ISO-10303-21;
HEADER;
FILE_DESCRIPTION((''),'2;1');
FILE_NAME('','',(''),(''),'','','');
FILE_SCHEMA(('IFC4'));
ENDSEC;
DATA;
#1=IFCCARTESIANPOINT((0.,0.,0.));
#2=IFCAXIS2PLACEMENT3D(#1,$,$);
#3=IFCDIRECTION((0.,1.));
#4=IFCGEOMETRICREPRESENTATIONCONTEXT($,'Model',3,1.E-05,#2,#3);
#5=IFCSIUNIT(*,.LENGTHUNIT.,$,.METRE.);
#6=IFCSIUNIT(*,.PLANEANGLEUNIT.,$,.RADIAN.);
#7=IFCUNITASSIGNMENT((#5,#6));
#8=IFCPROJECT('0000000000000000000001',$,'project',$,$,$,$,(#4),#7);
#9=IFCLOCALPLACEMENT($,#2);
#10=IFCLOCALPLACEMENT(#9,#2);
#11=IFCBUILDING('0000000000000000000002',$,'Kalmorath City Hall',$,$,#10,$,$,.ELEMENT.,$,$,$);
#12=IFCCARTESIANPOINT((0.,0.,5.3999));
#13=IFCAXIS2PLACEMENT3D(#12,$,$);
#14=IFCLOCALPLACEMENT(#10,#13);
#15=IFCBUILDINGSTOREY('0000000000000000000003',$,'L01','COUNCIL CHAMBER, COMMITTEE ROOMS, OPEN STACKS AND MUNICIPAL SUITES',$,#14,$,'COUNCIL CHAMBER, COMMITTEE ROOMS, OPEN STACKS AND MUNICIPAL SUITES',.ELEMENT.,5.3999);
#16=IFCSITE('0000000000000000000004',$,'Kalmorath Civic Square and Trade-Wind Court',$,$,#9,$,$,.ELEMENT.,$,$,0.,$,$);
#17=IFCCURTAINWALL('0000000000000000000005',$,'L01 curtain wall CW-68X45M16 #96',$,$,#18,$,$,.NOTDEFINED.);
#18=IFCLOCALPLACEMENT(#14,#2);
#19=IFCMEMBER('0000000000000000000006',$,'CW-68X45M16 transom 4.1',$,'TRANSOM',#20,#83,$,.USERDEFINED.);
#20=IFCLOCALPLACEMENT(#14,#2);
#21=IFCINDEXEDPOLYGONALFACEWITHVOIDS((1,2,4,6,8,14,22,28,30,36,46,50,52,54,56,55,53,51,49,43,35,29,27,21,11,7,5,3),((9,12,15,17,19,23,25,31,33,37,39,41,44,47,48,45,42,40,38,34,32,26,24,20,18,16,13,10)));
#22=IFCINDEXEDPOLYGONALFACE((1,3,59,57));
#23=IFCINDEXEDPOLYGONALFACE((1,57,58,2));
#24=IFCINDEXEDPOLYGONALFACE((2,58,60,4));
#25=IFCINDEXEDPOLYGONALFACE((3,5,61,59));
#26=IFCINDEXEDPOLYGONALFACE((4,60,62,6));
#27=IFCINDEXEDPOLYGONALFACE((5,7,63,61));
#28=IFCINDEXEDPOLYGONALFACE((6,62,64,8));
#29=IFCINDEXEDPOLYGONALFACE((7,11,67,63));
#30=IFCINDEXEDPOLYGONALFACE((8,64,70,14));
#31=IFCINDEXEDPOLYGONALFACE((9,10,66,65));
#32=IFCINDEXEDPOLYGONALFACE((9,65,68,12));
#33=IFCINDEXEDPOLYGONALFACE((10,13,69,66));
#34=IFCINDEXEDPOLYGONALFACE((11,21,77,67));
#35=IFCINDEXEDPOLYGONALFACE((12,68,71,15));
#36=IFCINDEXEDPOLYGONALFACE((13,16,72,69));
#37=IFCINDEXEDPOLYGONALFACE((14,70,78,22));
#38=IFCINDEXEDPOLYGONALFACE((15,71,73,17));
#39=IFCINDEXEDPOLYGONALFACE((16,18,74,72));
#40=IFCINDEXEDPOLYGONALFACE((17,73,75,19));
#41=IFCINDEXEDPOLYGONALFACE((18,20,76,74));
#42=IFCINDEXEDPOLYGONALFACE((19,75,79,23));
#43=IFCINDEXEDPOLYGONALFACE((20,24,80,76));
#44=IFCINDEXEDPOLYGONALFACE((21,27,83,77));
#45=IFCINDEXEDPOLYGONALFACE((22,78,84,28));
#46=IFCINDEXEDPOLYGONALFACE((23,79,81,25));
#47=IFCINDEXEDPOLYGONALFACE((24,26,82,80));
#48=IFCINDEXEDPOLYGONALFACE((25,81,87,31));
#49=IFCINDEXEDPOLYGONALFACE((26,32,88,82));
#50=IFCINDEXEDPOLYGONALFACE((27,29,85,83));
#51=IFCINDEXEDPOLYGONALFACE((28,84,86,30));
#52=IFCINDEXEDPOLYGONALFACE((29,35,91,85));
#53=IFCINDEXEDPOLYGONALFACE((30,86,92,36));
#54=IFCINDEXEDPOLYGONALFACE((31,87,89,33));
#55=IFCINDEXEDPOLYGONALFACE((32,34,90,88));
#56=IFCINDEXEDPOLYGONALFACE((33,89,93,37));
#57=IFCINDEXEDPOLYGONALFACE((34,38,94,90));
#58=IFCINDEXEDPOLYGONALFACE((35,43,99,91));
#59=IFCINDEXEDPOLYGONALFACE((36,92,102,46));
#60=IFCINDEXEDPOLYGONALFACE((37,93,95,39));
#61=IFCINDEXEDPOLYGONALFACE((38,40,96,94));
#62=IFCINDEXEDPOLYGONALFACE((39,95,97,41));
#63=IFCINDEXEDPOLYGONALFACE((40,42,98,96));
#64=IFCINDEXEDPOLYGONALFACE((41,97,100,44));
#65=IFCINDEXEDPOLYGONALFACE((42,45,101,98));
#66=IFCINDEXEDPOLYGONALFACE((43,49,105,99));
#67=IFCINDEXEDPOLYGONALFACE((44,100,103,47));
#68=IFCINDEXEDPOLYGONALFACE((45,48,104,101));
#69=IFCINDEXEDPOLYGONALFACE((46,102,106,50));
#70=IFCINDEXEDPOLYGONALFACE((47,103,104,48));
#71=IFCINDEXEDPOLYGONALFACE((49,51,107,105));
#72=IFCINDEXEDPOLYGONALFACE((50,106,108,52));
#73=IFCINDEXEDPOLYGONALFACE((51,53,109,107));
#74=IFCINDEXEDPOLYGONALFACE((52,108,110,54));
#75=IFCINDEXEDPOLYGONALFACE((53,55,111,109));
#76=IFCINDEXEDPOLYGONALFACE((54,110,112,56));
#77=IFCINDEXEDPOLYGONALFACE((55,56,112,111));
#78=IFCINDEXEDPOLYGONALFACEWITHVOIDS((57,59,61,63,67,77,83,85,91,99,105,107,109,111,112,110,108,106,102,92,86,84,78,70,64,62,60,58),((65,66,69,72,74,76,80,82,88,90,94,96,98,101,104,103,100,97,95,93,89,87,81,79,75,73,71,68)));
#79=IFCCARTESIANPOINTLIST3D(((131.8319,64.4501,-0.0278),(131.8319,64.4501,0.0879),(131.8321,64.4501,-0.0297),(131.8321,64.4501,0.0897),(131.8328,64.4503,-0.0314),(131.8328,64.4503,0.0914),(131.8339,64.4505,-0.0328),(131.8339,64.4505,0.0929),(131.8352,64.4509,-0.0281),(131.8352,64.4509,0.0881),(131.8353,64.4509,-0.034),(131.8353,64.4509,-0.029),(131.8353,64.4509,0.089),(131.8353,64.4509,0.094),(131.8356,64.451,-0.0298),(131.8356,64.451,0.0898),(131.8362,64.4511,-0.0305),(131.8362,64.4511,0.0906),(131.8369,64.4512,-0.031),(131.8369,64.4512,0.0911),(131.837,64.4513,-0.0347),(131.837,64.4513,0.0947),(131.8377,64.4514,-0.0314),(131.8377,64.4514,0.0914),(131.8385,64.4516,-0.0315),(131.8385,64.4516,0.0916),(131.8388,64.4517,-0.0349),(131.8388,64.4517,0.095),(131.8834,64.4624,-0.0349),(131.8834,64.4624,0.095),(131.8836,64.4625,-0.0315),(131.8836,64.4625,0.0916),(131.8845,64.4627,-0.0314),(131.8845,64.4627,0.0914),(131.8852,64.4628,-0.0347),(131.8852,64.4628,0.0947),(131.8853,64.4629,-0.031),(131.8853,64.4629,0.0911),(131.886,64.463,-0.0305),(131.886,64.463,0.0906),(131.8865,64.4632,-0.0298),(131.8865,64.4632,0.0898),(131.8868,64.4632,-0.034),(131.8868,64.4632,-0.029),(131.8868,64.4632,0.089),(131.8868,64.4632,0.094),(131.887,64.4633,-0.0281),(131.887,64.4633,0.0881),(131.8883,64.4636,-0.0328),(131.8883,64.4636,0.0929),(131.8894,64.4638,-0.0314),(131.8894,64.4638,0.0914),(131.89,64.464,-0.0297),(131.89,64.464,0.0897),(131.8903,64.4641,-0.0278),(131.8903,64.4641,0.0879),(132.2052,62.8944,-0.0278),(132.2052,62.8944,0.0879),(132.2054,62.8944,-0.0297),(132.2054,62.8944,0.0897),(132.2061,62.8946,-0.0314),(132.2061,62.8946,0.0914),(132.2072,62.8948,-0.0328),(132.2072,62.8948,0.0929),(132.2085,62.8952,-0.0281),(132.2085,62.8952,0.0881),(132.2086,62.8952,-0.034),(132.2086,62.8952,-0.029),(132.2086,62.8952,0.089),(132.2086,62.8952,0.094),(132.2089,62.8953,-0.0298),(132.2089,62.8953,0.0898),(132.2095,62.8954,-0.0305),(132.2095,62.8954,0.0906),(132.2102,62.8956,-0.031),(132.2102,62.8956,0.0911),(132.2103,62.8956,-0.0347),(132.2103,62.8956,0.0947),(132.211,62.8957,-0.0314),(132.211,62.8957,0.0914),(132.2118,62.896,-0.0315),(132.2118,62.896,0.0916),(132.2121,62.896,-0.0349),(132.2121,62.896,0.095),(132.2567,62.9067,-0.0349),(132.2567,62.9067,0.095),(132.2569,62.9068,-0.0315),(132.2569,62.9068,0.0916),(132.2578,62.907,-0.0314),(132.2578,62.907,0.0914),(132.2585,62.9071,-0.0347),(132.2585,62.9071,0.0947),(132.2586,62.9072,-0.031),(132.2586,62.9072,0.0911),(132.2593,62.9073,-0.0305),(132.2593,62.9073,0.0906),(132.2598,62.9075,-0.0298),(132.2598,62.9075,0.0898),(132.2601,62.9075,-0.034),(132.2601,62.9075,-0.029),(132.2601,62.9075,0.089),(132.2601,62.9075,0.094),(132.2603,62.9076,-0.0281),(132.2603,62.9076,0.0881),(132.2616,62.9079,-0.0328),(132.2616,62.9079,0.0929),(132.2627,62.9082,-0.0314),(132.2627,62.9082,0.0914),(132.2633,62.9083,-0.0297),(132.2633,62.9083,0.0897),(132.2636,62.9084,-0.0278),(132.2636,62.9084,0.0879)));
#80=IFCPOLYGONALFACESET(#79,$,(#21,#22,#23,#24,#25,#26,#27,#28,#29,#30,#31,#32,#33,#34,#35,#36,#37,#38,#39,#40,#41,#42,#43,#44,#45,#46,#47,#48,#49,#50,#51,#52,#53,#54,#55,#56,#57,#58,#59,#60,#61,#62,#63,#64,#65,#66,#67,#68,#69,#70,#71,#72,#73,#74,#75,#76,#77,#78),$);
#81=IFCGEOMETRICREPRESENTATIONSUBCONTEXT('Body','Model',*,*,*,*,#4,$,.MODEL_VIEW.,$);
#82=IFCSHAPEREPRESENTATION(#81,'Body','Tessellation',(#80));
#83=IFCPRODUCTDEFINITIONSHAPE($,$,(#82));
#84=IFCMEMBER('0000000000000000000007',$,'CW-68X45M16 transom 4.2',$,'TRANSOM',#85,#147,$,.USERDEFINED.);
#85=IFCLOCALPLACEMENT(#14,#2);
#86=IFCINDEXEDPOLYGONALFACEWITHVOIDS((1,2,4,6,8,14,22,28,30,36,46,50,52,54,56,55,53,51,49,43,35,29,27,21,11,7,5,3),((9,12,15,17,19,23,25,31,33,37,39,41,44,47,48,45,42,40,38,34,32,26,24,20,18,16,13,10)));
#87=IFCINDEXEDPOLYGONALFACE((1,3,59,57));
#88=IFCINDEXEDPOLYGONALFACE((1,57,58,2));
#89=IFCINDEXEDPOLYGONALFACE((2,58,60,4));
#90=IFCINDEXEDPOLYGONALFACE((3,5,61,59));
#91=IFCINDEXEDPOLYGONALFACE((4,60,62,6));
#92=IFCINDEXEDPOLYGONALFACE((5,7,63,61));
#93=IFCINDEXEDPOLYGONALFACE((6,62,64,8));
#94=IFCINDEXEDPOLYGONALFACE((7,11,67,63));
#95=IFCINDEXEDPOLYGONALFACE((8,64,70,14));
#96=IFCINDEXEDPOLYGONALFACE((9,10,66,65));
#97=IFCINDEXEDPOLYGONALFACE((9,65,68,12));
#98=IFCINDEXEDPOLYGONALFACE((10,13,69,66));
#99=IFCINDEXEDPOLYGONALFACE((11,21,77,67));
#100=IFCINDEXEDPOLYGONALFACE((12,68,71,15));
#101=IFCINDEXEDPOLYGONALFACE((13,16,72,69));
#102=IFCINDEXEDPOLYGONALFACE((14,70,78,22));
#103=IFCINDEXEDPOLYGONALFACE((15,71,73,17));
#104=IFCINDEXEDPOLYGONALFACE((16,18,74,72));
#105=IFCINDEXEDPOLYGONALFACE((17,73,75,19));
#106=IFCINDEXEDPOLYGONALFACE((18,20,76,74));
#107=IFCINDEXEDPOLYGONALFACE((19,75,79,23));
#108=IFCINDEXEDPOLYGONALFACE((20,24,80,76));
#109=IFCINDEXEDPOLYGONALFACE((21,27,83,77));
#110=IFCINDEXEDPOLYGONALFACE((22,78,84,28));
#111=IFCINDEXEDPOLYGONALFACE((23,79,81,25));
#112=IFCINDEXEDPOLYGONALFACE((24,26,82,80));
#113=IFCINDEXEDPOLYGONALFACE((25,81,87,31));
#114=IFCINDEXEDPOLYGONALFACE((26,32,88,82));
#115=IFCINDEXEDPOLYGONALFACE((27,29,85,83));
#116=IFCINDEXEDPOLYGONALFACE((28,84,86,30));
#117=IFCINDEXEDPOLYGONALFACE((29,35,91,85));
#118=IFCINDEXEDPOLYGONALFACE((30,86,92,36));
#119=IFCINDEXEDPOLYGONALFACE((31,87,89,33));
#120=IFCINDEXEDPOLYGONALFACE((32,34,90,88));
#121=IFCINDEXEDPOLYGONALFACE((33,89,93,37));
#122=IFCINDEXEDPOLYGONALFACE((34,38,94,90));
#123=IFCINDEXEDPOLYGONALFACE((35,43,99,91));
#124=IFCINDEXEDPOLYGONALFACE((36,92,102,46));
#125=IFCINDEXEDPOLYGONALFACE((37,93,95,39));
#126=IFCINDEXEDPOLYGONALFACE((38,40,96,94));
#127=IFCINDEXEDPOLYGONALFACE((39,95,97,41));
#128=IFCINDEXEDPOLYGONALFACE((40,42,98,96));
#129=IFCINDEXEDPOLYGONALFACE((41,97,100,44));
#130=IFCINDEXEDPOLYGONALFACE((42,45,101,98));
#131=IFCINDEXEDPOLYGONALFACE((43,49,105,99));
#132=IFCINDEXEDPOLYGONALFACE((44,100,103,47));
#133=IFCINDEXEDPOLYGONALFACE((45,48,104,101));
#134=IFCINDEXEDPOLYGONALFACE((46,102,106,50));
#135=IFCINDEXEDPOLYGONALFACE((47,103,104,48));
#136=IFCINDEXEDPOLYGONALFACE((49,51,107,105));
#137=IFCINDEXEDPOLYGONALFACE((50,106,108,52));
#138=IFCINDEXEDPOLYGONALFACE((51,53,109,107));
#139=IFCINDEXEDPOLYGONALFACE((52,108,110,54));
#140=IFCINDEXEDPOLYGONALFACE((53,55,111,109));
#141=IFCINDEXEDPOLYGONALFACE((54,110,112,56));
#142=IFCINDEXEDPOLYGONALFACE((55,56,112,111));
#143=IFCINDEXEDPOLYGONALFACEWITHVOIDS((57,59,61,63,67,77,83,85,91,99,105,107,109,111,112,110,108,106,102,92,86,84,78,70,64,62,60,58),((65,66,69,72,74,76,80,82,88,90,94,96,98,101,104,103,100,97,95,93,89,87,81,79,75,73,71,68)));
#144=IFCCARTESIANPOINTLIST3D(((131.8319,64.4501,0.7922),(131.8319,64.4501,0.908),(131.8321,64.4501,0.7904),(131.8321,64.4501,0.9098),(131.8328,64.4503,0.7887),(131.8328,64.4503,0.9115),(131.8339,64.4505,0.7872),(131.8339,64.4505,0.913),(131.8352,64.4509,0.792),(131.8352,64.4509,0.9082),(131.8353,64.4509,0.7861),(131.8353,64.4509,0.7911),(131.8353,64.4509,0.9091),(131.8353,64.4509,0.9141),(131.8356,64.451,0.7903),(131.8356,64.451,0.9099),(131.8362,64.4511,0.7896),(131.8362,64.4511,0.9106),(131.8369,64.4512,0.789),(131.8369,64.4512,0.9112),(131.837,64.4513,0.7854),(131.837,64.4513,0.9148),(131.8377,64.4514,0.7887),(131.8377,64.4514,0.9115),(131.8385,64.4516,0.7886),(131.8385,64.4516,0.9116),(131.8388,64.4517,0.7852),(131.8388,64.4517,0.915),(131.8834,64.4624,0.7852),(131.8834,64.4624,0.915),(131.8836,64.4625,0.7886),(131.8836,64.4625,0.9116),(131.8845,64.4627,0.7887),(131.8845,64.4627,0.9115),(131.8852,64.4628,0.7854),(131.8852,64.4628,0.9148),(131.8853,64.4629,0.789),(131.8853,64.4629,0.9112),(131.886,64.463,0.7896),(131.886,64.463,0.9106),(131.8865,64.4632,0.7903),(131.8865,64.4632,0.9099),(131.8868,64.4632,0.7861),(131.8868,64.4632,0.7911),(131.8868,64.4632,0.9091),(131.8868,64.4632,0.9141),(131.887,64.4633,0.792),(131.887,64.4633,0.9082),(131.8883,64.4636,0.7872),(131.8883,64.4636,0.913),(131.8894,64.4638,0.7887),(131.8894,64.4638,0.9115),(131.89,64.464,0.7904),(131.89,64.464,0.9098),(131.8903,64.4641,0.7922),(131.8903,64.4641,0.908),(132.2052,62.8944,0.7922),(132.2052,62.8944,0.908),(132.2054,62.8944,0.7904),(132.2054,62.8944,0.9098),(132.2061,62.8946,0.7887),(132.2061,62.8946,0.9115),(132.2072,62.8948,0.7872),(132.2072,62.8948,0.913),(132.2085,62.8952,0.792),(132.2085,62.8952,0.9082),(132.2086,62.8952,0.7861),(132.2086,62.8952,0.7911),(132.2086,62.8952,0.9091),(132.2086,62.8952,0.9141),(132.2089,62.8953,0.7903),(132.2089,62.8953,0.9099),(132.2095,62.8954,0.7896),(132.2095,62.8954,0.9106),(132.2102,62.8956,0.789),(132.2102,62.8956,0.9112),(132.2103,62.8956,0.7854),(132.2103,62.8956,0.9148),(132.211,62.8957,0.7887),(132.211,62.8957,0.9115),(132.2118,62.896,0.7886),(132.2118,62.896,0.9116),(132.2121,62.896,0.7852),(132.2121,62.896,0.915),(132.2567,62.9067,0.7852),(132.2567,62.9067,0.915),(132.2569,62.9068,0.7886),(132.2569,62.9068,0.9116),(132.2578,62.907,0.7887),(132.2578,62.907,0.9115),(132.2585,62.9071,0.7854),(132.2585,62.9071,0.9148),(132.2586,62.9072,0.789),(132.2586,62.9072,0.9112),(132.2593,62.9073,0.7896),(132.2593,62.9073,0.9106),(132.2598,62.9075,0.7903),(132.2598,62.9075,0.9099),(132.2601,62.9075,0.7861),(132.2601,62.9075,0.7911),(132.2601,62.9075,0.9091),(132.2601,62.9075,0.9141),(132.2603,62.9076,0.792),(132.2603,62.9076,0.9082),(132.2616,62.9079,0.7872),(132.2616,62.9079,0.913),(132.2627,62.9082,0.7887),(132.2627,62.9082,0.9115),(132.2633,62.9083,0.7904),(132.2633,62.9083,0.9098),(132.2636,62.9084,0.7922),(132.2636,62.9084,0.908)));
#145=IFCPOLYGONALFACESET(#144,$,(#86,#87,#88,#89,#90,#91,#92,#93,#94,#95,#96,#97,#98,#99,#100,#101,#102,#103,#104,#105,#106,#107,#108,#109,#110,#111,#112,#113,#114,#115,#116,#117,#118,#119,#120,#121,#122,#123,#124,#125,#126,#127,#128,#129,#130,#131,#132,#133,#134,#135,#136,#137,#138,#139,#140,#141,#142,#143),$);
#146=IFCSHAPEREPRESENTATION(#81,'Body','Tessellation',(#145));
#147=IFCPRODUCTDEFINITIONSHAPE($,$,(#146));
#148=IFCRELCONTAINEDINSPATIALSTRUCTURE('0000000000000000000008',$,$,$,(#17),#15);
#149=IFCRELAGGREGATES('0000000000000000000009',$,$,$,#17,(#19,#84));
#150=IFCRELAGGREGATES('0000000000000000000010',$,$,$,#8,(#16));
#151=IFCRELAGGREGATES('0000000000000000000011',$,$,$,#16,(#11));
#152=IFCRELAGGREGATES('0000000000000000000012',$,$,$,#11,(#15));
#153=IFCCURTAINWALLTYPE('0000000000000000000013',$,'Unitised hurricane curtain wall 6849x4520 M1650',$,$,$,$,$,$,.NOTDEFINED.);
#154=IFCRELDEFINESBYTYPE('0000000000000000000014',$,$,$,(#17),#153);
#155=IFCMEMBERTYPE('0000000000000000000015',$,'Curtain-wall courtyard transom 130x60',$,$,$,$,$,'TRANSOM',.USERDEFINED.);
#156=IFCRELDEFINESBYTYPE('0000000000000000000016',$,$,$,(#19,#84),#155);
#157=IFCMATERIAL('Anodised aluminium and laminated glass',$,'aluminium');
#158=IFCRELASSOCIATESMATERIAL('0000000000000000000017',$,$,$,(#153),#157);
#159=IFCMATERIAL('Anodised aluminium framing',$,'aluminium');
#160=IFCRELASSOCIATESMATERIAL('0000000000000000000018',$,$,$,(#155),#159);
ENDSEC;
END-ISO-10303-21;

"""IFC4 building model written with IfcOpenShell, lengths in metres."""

from ifc_helpers import new_model, si_unit, direction, frame, origin, origin_2d, place, context, subcontext, project, spatial, hollow_rectangle, extrude, material, material_profile, profile_set, type_object, element, aggregate, save


model = new_model("IFC4")

# Units and contexts
model_context = context("Model", 3, precision=1e-05, world=origin(), true_north=direction((0.0, 1.0)))
body_context = subcontext(model_context, "Body", "Model", "MODEL_VIEW")
ifc_project = project(units=[si_unit("LENGTHUNIT", "METRE"), si_unit("PLANEANGLEUNIT", "RADIAN")], contexts=[model_context])

# Site, building, storey
site_placement = place(None, origin())
site = spatial("IfcSite", under=ifc_project, at=site_placement, Name="Kalmorath Civic Square and Trade-Wind Court", CompositionType="ELEMENT", RefElevation=0.0)
building_placement = place(site_placement, origin())
building = spatial("IfcBuilding", under=site, at=building_placement, Name="Kalmorath City Hall", CompositionType="ELEMENT")
storey_placement = place(building_placement, frame((0.0, 0.0, 5.3999)))
storey = spatial("IfcBuildingStorey", under=building, at=storey_placement, Name="L01", Description="COUNCIL CHAMBER, COMMITTEE ROOMS, OPEN STACKS AND MUNICIPAL SUITES", LongName="COUNCIL CHAMBER, COMMITTEE ROOMS, OPEN STACKS AND MUNICIPAL SUITES", CompositionType="ELEMENT", Elevation=5.3999)

# Curtain wall, members
ifc_material_1 = material(Name="Anodised aluminium and laminated glass", Category="aluminium")
curtain_wall_type = type_object("IfcCurtainWallType", Name="Unitised hurricane curtain wall 6849x4520 M1650", PredefinedType="NOTDEFINED", material=ifc_material_1)
curtain_wall_placement = place(storey_placement, origin())
curtain_wall = element("IfcCurtainWall", 1, at=curtain_wall_placement, inside=storey, type_object=curtain_wall_type, Name="L01 curtain wall CW-68X45M16 #96", PredefinedType="NOTDEFINED")
ifc_material_2 = material(Name="Anodised aluminium framing", Category="aluminium")
ifc_material_profile_1 = material_profile(ifc_material_2, hollow_rectangle(XDim=0.0601, YDim=0.1299, WallThickness=0.0034, InnerFilletRadius=0.0034, OuterFilletRadius=0.0071, at=origin_2d()), Name="ALU-TRN-130X60X3.5")
ifc_profile_set_1 = profile_set([ifc_material_profile_1], Name="Anodised aluminium framing")
member_type_1 = type_object("IfcMemberType", Name="Curtain-wall courtyard transom 130x60", ElementType="TRANSOM", PredefinedType="USERDEFINED", material=ifc_profile_set_1)
member_1_placement = place(storey_placement, frame((132.2344, 62.9014, 0.03), z_axis=(-0.233333, 0.972397, 0.0), x_axis=(-0.972397, -0.233333, 0.0)))
member_1 = element("IfcMember", 2, at=member_1_placement, type_object=member_type_1, Name="CW-68X45M16 transom 4.1", ObjectType="TRANSOM", PredefinedType="USERDEFINED", context=body_context, shape_type="SweptSolid", body=[
    extrude(hollow_rectangle(XDim=0.0601, YDim=0.1299, WallThickness=0.0034, InnerFilletRadius=0.0034, OuterFilletRadius=0.0071, at=origin_2d()), origin(), (0.0, 0.0, 1.0), 1.5999),
])
member_2_placement = place(storey_placement, frame((132.2344, 62.9014, 0.8501), z_axis=(-0.233333, 0.972397, 0.0), x_axis=(-0.972397, -0.233333, 0.0)))
member_2 = element("IfcMember", 3, at=member_2_placement, type_object=member_type_1, Name="CW-68X45M16 transom 4.2", ObjectType="TRANSOM", PredefinedType="USERDEFINED", context=body_context, shape_type="SweptSolid", body=[
    extrude(hollow_rectangle(XDim=0.0601, YDim=0.1299, WallThickness=0.0034, InnerFilletRadius=0.0034, OuterFilletRadius=0.0071, at=origin_2d()), origin(), (0.0, 0.0, 1.0), 1.5999),
])
aggregate(curtain_wall, [member_1, member_2])

save(model, "model.ifc")
